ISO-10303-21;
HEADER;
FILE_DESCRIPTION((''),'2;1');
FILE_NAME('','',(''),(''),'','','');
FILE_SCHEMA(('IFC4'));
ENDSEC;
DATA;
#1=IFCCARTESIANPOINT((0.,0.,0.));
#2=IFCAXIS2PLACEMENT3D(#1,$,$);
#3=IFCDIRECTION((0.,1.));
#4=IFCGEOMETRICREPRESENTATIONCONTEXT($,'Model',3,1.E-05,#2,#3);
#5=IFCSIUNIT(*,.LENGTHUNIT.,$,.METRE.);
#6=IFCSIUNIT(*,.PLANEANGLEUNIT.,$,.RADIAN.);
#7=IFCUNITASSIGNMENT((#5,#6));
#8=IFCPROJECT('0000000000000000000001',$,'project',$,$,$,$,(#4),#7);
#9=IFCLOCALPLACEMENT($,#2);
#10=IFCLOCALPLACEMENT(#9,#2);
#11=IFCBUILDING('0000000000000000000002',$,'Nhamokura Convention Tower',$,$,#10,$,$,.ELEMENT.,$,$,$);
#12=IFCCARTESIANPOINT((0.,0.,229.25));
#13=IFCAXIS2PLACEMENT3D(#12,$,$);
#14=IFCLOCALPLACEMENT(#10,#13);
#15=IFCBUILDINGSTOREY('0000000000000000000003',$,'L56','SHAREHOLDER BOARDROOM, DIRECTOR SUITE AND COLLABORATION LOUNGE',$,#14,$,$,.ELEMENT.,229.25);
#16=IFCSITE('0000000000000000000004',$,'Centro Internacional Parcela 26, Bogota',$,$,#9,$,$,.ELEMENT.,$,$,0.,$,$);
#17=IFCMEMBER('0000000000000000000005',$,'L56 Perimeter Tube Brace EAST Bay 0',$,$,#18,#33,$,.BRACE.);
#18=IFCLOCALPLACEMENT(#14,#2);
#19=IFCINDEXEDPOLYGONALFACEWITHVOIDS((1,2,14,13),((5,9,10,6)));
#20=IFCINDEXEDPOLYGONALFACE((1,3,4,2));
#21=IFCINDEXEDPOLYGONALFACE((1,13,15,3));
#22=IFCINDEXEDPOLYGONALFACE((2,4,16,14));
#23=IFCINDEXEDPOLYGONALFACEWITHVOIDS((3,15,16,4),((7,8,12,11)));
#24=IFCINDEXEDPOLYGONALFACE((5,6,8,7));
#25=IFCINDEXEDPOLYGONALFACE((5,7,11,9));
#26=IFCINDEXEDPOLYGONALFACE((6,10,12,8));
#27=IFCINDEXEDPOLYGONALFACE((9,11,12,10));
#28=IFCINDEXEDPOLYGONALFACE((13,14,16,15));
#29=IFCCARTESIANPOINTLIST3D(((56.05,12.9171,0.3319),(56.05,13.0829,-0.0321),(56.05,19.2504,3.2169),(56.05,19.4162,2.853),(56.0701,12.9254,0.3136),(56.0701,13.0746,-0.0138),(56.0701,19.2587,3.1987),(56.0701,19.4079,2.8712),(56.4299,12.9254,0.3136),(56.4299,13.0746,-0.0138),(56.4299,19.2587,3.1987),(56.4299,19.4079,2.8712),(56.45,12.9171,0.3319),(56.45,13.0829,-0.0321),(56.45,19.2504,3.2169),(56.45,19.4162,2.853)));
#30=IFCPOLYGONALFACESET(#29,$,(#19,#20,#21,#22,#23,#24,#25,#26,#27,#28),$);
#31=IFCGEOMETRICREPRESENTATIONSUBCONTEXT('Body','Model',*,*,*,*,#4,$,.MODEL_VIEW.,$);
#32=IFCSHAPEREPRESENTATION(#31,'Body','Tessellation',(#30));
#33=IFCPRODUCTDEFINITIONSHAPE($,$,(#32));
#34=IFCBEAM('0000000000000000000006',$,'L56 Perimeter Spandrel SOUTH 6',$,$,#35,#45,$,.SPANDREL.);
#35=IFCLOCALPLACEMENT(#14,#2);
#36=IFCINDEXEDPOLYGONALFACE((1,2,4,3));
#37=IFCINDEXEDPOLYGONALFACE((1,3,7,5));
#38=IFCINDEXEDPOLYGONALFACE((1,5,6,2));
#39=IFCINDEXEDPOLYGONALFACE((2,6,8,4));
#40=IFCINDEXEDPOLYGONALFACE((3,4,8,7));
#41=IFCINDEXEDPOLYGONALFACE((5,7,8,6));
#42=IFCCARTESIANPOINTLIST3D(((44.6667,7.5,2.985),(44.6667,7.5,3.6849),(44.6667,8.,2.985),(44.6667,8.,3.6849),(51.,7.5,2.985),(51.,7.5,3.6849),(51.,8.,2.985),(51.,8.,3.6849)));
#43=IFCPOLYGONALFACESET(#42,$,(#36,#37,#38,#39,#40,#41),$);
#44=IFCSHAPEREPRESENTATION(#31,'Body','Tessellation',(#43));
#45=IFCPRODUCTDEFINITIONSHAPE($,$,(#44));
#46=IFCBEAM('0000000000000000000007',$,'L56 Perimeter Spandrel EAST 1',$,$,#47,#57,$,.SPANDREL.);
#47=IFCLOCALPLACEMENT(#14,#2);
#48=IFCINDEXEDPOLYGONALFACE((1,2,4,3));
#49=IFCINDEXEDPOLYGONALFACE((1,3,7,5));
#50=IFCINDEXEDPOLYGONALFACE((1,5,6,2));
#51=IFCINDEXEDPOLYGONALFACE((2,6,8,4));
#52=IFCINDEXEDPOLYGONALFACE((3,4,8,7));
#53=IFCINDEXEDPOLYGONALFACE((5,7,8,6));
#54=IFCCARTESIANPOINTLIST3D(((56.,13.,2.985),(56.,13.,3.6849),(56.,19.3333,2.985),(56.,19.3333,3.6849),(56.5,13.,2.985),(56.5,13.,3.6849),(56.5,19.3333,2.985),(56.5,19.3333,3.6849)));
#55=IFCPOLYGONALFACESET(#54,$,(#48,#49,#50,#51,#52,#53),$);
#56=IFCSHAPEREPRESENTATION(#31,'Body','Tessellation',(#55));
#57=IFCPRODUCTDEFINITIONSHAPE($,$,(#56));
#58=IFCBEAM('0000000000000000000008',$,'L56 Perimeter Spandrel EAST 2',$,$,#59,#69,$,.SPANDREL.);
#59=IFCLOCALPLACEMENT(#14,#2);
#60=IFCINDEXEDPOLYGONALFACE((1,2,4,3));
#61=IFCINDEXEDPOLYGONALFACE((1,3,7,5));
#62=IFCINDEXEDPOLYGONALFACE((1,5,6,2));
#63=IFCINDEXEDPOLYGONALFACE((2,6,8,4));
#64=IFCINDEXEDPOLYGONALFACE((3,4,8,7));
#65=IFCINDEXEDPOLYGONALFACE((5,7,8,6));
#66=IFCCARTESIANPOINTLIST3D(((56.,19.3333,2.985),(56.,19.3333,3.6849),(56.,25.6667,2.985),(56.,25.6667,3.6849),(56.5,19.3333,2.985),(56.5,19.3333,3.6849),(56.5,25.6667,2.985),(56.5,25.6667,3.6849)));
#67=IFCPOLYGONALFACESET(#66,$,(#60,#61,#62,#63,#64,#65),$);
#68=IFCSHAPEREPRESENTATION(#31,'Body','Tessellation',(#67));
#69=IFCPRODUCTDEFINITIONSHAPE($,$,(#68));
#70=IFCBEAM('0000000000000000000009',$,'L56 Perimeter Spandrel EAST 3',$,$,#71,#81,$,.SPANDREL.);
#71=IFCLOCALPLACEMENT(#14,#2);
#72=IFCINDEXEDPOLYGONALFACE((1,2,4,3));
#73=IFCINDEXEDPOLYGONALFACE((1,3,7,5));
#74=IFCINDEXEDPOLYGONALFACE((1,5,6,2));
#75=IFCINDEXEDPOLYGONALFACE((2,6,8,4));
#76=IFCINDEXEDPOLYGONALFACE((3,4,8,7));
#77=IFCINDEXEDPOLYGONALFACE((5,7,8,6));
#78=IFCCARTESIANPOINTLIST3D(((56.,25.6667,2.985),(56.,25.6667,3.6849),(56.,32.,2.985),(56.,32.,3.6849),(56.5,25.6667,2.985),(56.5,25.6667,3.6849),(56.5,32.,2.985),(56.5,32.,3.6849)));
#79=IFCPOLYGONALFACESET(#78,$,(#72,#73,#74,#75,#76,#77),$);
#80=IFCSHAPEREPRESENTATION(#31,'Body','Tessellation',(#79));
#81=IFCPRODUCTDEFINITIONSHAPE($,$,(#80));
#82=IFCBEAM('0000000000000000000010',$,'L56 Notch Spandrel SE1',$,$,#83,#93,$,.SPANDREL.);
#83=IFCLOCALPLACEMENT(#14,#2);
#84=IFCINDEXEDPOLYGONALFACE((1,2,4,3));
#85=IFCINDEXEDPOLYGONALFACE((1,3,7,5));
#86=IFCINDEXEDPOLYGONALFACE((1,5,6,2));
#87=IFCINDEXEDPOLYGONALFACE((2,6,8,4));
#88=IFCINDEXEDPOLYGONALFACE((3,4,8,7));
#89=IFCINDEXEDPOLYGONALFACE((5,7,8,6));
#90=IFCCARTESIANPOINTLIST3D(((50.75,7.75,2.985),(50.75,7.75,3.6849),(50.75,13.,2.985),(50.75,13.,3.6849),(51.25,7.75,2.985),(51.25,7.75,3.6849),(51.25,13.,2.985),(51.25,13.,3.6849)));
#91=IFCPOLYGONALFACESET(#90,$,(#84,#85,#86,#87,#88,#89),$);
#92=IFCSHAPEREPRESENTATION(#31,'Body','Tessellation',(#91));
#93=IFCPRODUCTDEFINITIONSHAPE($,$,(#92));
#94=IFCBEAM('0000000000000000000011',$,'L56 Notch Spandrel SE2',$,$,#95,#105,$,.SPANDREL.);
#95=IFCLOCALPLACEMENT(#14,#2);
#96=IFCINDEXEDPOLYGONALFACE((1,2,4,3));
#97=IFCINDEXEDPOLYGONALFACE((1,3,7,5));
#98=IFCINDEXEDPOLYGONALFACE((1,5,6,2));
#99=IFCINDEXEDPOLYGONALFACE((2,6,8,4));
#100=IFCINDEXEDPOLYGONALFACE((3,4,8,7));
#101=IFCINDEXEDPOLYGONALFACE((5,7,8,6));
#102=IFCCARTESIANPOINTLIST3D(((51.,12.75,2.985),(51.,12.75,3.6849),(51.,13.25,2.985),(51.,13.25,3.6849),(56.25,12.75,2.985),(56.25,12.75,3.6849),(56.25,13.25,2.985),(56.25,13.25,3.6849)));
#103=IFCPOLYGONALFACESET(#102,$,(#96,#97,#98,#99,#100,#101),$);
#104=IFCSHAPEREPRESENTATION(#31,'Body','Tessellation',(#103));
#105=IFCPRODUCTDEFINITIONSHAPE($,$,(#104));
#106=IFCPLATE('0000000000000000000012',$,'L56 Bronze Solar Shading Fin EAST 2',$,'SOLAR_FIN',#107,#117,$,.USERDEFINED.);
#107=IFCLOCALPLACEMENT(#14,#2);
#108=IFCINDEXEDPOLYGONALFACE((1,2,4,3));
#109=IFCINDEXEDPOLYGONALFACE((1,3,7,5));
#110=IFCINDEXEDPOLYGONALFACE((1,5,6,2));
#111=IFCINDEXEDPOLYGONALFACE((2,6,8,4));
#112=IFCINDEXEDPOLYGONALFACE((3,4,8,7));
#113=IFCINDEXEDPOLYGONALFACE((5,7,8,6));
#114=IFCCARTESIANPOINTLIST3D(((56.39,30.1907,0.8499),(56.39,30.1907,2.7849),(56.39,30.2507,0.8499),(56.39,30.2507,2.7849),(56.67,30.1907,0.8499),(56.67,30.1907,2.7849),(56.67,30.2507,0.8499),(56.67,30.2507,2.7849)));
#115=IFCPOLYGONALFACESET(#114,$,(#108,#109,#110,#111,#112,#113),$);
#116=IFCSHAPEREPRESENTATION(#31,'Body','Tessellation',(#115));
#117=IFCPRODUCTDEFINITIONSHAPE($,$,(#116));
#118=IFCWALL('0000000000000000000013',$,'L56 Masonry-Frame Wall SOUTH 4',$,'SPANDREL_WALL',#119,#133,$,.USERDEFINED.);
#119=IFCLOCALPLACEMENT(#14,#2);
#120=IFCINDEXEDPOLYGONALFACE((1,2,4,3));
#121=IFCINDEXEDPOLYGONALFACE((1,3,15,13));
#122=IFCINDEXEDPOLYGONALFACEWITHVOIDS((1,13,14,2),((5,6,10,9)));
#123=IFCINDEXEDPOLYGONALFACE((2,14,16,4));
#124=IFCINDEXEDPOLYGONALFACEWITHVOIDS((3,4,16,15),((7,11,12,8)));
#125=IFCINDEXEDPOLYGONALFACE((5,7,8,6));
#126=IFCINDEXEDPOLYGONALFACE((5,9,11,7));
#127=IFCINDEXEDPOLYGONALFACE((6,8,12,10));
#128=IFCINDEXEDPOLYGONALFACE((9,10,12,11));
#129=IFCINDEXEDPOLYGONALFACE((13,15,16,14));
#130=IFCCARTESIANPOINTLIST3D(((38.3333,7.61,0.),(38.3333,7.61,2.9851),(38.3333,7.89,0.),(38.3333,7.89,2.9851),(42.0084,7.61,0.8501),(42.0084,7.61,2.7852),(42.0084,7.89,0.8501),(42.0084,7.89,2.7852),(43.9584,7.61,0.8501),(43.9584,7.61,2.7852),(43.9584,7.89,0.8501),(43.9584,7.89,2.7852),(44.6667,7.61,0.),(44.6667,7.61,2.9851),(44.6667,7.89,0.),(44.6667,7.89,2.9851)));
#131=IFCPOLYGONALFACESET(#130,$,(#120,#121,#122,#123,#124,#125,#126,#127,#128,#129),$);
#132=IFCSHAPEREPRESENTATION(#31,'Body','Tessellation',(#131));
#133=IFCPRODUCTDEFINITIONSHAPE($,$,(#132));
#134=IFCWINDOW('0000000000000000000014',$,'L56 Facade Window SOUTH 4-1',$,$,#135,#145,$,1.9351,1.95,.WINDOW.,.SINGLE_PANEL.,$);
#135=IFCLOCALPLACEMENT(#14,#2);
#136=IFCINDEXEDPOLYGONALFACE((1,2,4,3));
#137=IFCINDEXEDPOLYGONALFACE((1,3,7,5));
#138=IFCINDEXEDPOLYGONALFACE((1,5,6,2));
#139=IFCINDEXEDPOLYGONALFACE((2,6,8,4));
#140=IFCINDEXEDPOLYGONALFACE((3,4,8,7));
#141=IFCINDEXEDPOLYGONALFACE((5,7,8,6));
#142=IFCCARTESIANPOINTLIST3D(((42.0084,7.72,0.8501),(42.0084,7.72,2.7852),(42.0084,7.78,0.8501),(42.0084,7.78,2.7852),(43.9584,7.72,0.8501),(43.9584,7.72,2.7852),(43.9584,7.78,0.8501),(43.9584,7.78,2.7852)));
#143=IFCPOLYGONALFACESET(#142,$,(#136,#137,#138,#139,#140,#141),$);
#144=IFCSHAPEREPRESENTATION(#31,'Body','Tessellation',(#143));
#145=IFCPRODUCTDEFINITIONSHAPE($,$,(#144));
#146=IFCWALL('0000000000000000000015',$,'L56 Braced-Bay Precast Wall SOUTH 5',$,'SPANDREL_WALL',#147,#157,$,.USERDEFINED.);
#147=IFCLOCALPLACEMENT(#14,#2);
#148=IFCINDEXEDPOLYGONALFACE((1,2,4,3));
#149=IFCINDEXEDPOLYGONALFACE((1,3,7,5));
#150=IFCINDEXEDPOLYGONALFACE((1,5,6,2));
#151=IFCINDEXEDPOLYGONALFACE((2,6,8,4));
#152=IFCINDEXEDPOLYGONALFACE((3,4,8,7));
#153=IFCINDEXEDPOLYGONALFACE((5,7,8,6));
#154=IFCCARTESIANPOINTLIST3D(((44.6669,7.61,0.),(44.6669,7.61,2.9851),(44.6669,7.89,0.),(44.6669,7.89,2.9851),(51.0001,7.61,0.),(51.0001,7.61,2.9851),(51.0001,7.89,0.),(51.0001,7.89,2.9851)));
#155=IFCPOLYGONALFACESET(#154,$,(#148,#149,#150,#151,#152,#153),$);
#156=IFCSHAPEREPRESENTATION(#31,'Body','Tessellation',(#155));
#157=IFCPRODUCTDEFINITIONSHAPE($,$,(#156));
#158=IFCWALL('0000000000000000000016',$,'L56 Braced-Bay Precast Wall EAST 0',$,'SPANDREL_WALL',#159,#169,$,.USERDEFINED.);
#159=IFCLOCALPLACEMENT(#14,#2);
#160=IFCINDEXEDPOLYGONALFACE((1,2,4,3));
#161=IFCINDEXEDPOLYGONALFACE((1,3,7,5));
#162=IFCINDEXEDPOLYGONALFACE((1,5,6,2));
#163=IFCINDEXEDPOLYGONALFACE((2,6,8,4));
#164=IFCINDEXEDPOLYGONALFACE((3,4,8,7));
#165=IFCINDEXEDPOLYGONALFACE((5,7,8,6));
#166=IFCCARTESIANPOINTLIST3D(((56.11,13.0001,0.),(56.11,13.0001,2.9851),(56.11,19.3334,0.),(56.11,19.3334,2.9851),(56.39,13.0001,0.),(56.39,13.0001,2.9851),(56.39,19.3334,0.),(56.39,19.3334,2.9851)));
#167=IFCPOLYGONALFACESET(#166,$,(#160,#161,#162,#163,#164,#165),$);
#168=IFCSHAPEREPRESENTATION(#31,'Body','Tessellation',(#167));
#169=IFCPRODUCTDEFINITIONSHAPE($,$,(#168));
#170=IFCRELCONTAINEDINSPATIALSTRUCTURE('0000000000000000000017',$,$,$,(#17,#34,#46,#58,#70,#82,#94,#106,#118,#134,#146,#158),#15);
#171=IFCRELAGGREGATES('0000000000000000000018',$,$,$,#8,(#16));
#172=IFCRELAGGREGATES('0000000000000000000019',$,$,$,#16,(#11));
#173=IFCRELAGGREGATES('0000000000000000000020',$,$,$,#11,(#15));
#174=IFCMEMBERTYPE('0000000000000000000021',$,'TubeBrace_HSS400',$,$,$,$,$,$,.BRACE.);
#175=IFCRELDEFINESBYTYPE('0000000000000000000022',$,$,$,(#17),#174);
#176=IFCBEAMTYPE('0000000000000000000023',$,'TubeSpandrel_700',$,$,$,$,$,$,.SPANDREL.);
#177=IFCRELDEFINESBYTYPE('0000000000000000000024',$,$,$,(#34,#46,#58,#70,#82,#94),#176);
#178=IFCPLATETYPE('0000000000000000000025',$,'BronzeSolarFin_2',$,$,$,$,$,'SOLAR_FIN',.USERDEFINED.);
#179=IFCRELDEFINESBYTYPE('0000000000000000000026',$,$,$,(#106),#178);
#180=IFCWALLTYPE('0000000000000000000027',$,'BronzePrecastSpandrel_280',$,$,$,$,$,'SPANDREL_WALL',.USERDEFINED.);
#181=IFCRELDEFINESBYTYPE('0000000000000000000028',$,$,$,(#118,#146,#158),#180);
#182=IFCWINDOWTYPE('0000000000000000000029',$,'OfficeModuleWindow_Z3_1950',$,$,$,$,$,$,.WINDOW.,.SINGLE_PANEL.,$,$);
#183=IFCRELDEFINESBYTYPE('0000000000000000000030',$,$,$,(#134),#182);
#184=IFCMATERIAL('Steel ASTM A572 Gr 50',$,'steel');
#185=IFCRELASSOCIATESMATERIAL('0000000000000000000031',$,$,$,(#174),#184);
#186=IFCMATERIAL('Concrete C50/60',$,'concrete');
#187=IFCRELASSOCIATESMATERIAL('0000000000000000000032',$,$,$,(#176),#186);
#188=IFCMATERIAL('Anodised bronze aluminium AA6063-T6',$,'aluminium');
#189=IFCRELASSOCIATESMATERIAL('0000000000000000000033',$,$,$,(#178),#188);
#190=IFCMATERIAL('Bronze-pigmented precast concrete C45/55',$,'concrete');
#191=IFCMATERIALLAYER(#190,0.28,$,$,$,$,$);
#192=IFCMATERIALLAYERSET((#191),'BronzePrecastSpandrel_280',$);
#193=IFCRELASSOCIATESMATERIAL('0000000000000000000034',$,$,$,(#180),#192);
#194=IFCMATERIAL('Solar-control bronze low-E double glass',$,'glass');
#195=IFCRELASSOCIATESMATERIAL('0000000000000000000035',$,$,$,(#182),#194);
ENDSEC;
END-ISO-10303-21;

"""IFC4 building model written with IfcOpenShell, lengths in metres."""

from ifc_helpers import new_model, si_unit, direction, frame, frame_2d, origin, origin_2d, place, context, subcontext, project, spatial, rectangle, hollow_rectangle, extrude, material, layer, layer_set, material_profile, profile_set, type_object, element, fill, save


model = new_model("IFC4")

# Units and contexts
model_context = context("Model", 3, precision=1e-05, world=origin(), true_north=direction((0.0, 1.0)))
body_context = subcontext(model_context, "Body", "Model", "MODEL_VIEW")
ifc_project = project(units=[si_unit("LENGTHUNIT", "METRE"), si_unit("PLANEANGLEUNIT", "RADIAN")], contexts=[model_context])

# Site, building, storey
site_placement = place(None, origin())
site = spatial("IfcSite", under=ifc_project, at=site_placement, Name="Centro Internacional Parcela 26, Bogota", CompositionType="ELEMENT", RefElevation=0.0)
building_placement = place(site_placement, origin())
building = spatial("IfcBuilding", under=site, at=building_placement, Name="Nhamokura Convention Tower", CompositionType="ELEMENT")
storey_placement = place(building_placement, frame((0.0, 0.0, 229.25)))
storey = spatial("IfcBuildingStorey", under=building, at=storey_placement, Name="L56", Description="SHAREHOLDER BOARDROOM, DIRECTOR SUITE AND COLLABORATION LOUNGE", CompositionType="ELEMENT", Elevation=229.25)

# Member
ifc_material_1 = material(Name="Steel ASTM A572 Gr 50", Category="steel")
ifc_material_profile_1 = material_profile(ifc_material_1, hollow_rectangle(XDim=0.3999, YDim=0.3999, WallThickness=0.02, at=origin_2d()))
ifc_profile_set_1 = profile_set([ifc_material_profile_1], Name="Steel ASTM A572 Gr 50")
member_type_1 = type_object("IfcMemberType", Name="TubeBrace_HSS400", PredefinedType="BRACE", material=ifc_profile_set_1)
for number, where, z_axis, x_axis, name in (
    (1, (56.25, 13.0, 0.1499), (0.0, 0.910027, 0.414548), (-1.0, 0.0, 0.0), "L56 Perimeter Tube Brace EAST Bay 0"),
):
    element("IfcMember", number, at=place(storey_placement, frame(where, z_axis=z_axis, x_axis=x_axis)), inside=storey, type_object=member_type_1, Name=name, PredefinedType="BRACE", context=body_context, shape_type="SweptSolid", body=[
        extrude(hollow_rectangle(XDim=0.3999, YDim=0.3999, WallThickness=0.02, at=origin_2d()), origin(), (0.0, 0.0, 1.0), 6.9595),
    ])

# Beams
ifc_material_2 = material(Name="Concrete C50/60", Category="concrete")
ifc_material_profile_2 = material_profile(ifc_material_2, rectangle(XDim=0.5, YDim=0.7, at=origin_2d()))
ifc_profile_set_2 = profile_set([ifc_material_profile_2], Name="Concrete C50/60")
beam_type_1 = type_object("IfcBeamType", Name="TubeSpandrel_700", PredefinedType="SPANDREL", material=ifc_profile_set_2)
for number, where, z_axis, x_axis, name in (
    (2, (44.6667, 7.75, 3.335), (1.0, 0.0, 0.0), (0.0, 1.0, 0.0), "L56 Perimeter Spandrel SOUTH 6"),
    (3, (56.25, 13.0, 3.335), (0.0, 1.0, 0.0), (-1.0, 0.0, 0.0), "L56 Perimeter Spandrel EAST 1"),
):
    element("IfcBeam", number, at=place(storey_placement, frame(where, z_axis=z_axis, x_axis=x_axis)), inside=storey, type_object=beam_type_1, Name=name, PredefinedType="SPANDREL", context=body_context, shape_type="SweptSolid", body=[
        extrude(rectangle(XDim=0.5, YDim=0.7, at=origin_2d()), origin(), (0.0, 0.0, 1.0), 6.3333),
    ])
beam_1_placement = place(storey_placement, frame((56.25, 19.3333, 3.335), z_axis=(0.0, 1.0, 0.0), x_axis=(-1.0, 0.0, 0.0)))
element("IfcBeam", 4, at=beam_1_placement, inside=storey, type_object=beam_type_1, Name="L56 Perimeter Spandrel EAST 2", PredefinedType="SPANDREL", context=body_context, shape_type="SweptSolid", body=[
    extrude(rectangle(XDim=0.5, YDim=0.7, at=origin_2d()), origin(), (0.0, 0.0, 1.0), 6.3335),
])
beam_2_placement = place(storey_placement, frame((56.25, 25.6667, 3.335), z_axis=(0.0, 1.0, 0.0), x_axis=(-1.0, 0.0, 0.0)))
element("IfcBeam", 5, at=beam_2_placement, inside=storey, type_object=beam_type_1, Name="L56 Perimeter Spandrel EAST 3", PredefinedType="SPANDREL", context=body_context, shape_type="SweptSolid", body=[
    extrude(rectangle(XDim=0.5, YDim=0.7, at=origin_2d()), origin(), (0.0, 0.0, 1.0), 6.3333),
])
for number, where, z_axis, x_axis, name in (
    (6, (51.0, 7.75, 3.335), (0.0, 1.0, 0.0), (-1.0, 0.0, 0.0), "L56 Notch Spandrel SE1"),
    (7, (51.0, 13.0, 3.335), (1.0, 0.0, 0.0), (0.0, 1.0, 0.0), "L56 Notch Spandrel SE2"),
):
    element("IfcBeam", number, at=place(storey_placement, frame(where, z_axis=z_axis, x_axis=x_axis)), inside=storey, type_object=beam_type_1, Name=name, PredefinedType="SPANDREL", context=body_context, shape_type="SweptSolid", body=[
        extrude(rectangle(XDim=0.5, YDim=0.7, at=origin_2d()), origin(), (0.0, 0.0, 1.0), 5.25),
    ])

# Plate
ifc_material_3 = material(Name="Anodised bronze aluminium AA6063-T6", Category="aluminium")
plate_type = type_object("IfcPlateType", Name="BronzeSolarFin_2", ElementType="SOLAR_FIN", PredefinedType="USERDEFINED", material=ifc_material_3)
plate_placement = place(storey_placement, frame((56.53, 30.2207, 0.8499), z_axis=(0.0, 0.0, 1.0), x_axis=(1.0, 0.0, 0.0)))
element("IfcPlate", 8, at=plate_placement, inside=storey, type_object=plate_type, Name="L56 Bronze Solar Shading Fin EAST 2", ObjectType="SOLAR_FIN", PredefinedType="USERDEFINED", context=body_context, shape_type="SweptSolid", body=[
    extrude(rectangle(XDim=0.28, YDim=0.0601, at=origin_2d()), origin(), (0.0, 0.0, 1.0), 1.9351),
])

# Wall, opening, window
ifc_material_4 = material(Name="Bronze-pigmented precast concrete C45/55", Category="concrete")
ifc_layer_1 = layer(ifc_material_4, 0.28)
ifc_layer_set_1 = layer_set([ifc_layer_1], Name="BronzePrecastSpandrel_280")
wall_type_1 = type_object("IfcWallType", Name="BronzePrecastSpandrel_280", ElementType="SPANDREL_WALL", PredefinedType="USERDEFINED", material=ifc_layer_set_1)
wall_1_placement = place(storey_placement, frame((44.6667, 7.75, 0.0), z_axis=(0.0, 0.0, 1.0), x_axis=(-1.0, 0.0, 0.0)))
wall_1 = element("IfcWall", 9, at=wall_1_placement, inside=storey, type_object=wall_type_1, Name="L56 Masonry-Frame Wall SOUTH 4", ObjectType="SPANDREL_WALL", PredefinedType="USERDEFINED", context=body_context, shape_type="SweptSolid", body=[
    extrude(rectangle(XDim=6.3335, YDim=0.28, at=frame_2d((3.1667, 0.0))), origin(), (0.0, 0.0, 1.0), 2.9851),
])
opening_1_placement = place(wall_1_placement, frame((0.7083, 0.0, 0.8501)))
opening_1 = element("IfcOpeningElement", 10, at=opening_1_placement, cuts=wall_1, PredefinedType="OPENING", context=body_context, shape_type="SweptSolid", body=[
    extrude(rectangle(XDim=1.95, YDim=1.9351, at=frame_2d((0.9751, 0.9675))), frame((0.0, 0.1499, 0.0), z_axis=(0.0, -1.0, 0.0), x_axis=(1.0, 0.0, 0.0)), (0.0, 0.0, 1.0), 0.3),
])
ifc_material_5 = material(Name="Solar-control bronze low-E double glass", Category="glass")
window_type = type_object("IfcWindowType", Name="OfficeModuleWindow_Z3_1950", PartitioningType="SINGLE_PANEL", PredefinedType="WINDOW", material=ifc_material_5)
window_1_placement = place(opening_1_placement, origin())
window_1 = element("IfcWindow", 11, at=window_1_placement, inside=storey, type_object=window_type, Name="L56 Facade Window SOUTH 4-1", OverallHeight=1.9351, OverallWidth=1.95, PartitioningType="SINGLE_PANEL", PredefinedType="WINDOW", context=body_context, shape_type="SweptSolid", body=[
    extrude(rectangle(XDim=1.95, YDim=1.9351, at=frame_2d((0.9751, 0.9675))), frame((0.0, 0.03, 0.0), z_axis=(0.0, -1.0, 0.0), x_axis=(1.0, 0.0, 0.0)), (0.0, 0.0, 1.0), 0.0601),
])
fill(opening_1, window_1)

# Walls
for number, where, z_axis, x_axis, name in (
    (12, (51.0, 7.75, 0.0), (0.0, 0.0, 1.0), (-1.0, 0.0, 0.0), "L56 Braced-Bay Precast Wall SOUTH 5"),
    (13, (56.25, 19.3333, 0.0), (0.0, 0.0, 1.0), (0.0, -1.0, 0.0), "L56 Braced-Bay Precast Wall EAST 0"),
):
    element("IfcWall", number, at=place(storey_placement, frame(where, z_axis=z_axis, x_axis=x_axis)), inside=storey, type_object=wall_type_1, Name=name, ObjectType="SPANDREL_WALL", PredefinedType="USERDEFINED", context=body_context, shape_type="SweptSolid", body=[
        extrude(rectangle(XDim=6.3333, YDim=0.28, at=frame_2d((3.1665, 0.0))), origin(), (0.0, 0.0, 1.0), 2.9851),
    ])

save(model, "model.ifc")
